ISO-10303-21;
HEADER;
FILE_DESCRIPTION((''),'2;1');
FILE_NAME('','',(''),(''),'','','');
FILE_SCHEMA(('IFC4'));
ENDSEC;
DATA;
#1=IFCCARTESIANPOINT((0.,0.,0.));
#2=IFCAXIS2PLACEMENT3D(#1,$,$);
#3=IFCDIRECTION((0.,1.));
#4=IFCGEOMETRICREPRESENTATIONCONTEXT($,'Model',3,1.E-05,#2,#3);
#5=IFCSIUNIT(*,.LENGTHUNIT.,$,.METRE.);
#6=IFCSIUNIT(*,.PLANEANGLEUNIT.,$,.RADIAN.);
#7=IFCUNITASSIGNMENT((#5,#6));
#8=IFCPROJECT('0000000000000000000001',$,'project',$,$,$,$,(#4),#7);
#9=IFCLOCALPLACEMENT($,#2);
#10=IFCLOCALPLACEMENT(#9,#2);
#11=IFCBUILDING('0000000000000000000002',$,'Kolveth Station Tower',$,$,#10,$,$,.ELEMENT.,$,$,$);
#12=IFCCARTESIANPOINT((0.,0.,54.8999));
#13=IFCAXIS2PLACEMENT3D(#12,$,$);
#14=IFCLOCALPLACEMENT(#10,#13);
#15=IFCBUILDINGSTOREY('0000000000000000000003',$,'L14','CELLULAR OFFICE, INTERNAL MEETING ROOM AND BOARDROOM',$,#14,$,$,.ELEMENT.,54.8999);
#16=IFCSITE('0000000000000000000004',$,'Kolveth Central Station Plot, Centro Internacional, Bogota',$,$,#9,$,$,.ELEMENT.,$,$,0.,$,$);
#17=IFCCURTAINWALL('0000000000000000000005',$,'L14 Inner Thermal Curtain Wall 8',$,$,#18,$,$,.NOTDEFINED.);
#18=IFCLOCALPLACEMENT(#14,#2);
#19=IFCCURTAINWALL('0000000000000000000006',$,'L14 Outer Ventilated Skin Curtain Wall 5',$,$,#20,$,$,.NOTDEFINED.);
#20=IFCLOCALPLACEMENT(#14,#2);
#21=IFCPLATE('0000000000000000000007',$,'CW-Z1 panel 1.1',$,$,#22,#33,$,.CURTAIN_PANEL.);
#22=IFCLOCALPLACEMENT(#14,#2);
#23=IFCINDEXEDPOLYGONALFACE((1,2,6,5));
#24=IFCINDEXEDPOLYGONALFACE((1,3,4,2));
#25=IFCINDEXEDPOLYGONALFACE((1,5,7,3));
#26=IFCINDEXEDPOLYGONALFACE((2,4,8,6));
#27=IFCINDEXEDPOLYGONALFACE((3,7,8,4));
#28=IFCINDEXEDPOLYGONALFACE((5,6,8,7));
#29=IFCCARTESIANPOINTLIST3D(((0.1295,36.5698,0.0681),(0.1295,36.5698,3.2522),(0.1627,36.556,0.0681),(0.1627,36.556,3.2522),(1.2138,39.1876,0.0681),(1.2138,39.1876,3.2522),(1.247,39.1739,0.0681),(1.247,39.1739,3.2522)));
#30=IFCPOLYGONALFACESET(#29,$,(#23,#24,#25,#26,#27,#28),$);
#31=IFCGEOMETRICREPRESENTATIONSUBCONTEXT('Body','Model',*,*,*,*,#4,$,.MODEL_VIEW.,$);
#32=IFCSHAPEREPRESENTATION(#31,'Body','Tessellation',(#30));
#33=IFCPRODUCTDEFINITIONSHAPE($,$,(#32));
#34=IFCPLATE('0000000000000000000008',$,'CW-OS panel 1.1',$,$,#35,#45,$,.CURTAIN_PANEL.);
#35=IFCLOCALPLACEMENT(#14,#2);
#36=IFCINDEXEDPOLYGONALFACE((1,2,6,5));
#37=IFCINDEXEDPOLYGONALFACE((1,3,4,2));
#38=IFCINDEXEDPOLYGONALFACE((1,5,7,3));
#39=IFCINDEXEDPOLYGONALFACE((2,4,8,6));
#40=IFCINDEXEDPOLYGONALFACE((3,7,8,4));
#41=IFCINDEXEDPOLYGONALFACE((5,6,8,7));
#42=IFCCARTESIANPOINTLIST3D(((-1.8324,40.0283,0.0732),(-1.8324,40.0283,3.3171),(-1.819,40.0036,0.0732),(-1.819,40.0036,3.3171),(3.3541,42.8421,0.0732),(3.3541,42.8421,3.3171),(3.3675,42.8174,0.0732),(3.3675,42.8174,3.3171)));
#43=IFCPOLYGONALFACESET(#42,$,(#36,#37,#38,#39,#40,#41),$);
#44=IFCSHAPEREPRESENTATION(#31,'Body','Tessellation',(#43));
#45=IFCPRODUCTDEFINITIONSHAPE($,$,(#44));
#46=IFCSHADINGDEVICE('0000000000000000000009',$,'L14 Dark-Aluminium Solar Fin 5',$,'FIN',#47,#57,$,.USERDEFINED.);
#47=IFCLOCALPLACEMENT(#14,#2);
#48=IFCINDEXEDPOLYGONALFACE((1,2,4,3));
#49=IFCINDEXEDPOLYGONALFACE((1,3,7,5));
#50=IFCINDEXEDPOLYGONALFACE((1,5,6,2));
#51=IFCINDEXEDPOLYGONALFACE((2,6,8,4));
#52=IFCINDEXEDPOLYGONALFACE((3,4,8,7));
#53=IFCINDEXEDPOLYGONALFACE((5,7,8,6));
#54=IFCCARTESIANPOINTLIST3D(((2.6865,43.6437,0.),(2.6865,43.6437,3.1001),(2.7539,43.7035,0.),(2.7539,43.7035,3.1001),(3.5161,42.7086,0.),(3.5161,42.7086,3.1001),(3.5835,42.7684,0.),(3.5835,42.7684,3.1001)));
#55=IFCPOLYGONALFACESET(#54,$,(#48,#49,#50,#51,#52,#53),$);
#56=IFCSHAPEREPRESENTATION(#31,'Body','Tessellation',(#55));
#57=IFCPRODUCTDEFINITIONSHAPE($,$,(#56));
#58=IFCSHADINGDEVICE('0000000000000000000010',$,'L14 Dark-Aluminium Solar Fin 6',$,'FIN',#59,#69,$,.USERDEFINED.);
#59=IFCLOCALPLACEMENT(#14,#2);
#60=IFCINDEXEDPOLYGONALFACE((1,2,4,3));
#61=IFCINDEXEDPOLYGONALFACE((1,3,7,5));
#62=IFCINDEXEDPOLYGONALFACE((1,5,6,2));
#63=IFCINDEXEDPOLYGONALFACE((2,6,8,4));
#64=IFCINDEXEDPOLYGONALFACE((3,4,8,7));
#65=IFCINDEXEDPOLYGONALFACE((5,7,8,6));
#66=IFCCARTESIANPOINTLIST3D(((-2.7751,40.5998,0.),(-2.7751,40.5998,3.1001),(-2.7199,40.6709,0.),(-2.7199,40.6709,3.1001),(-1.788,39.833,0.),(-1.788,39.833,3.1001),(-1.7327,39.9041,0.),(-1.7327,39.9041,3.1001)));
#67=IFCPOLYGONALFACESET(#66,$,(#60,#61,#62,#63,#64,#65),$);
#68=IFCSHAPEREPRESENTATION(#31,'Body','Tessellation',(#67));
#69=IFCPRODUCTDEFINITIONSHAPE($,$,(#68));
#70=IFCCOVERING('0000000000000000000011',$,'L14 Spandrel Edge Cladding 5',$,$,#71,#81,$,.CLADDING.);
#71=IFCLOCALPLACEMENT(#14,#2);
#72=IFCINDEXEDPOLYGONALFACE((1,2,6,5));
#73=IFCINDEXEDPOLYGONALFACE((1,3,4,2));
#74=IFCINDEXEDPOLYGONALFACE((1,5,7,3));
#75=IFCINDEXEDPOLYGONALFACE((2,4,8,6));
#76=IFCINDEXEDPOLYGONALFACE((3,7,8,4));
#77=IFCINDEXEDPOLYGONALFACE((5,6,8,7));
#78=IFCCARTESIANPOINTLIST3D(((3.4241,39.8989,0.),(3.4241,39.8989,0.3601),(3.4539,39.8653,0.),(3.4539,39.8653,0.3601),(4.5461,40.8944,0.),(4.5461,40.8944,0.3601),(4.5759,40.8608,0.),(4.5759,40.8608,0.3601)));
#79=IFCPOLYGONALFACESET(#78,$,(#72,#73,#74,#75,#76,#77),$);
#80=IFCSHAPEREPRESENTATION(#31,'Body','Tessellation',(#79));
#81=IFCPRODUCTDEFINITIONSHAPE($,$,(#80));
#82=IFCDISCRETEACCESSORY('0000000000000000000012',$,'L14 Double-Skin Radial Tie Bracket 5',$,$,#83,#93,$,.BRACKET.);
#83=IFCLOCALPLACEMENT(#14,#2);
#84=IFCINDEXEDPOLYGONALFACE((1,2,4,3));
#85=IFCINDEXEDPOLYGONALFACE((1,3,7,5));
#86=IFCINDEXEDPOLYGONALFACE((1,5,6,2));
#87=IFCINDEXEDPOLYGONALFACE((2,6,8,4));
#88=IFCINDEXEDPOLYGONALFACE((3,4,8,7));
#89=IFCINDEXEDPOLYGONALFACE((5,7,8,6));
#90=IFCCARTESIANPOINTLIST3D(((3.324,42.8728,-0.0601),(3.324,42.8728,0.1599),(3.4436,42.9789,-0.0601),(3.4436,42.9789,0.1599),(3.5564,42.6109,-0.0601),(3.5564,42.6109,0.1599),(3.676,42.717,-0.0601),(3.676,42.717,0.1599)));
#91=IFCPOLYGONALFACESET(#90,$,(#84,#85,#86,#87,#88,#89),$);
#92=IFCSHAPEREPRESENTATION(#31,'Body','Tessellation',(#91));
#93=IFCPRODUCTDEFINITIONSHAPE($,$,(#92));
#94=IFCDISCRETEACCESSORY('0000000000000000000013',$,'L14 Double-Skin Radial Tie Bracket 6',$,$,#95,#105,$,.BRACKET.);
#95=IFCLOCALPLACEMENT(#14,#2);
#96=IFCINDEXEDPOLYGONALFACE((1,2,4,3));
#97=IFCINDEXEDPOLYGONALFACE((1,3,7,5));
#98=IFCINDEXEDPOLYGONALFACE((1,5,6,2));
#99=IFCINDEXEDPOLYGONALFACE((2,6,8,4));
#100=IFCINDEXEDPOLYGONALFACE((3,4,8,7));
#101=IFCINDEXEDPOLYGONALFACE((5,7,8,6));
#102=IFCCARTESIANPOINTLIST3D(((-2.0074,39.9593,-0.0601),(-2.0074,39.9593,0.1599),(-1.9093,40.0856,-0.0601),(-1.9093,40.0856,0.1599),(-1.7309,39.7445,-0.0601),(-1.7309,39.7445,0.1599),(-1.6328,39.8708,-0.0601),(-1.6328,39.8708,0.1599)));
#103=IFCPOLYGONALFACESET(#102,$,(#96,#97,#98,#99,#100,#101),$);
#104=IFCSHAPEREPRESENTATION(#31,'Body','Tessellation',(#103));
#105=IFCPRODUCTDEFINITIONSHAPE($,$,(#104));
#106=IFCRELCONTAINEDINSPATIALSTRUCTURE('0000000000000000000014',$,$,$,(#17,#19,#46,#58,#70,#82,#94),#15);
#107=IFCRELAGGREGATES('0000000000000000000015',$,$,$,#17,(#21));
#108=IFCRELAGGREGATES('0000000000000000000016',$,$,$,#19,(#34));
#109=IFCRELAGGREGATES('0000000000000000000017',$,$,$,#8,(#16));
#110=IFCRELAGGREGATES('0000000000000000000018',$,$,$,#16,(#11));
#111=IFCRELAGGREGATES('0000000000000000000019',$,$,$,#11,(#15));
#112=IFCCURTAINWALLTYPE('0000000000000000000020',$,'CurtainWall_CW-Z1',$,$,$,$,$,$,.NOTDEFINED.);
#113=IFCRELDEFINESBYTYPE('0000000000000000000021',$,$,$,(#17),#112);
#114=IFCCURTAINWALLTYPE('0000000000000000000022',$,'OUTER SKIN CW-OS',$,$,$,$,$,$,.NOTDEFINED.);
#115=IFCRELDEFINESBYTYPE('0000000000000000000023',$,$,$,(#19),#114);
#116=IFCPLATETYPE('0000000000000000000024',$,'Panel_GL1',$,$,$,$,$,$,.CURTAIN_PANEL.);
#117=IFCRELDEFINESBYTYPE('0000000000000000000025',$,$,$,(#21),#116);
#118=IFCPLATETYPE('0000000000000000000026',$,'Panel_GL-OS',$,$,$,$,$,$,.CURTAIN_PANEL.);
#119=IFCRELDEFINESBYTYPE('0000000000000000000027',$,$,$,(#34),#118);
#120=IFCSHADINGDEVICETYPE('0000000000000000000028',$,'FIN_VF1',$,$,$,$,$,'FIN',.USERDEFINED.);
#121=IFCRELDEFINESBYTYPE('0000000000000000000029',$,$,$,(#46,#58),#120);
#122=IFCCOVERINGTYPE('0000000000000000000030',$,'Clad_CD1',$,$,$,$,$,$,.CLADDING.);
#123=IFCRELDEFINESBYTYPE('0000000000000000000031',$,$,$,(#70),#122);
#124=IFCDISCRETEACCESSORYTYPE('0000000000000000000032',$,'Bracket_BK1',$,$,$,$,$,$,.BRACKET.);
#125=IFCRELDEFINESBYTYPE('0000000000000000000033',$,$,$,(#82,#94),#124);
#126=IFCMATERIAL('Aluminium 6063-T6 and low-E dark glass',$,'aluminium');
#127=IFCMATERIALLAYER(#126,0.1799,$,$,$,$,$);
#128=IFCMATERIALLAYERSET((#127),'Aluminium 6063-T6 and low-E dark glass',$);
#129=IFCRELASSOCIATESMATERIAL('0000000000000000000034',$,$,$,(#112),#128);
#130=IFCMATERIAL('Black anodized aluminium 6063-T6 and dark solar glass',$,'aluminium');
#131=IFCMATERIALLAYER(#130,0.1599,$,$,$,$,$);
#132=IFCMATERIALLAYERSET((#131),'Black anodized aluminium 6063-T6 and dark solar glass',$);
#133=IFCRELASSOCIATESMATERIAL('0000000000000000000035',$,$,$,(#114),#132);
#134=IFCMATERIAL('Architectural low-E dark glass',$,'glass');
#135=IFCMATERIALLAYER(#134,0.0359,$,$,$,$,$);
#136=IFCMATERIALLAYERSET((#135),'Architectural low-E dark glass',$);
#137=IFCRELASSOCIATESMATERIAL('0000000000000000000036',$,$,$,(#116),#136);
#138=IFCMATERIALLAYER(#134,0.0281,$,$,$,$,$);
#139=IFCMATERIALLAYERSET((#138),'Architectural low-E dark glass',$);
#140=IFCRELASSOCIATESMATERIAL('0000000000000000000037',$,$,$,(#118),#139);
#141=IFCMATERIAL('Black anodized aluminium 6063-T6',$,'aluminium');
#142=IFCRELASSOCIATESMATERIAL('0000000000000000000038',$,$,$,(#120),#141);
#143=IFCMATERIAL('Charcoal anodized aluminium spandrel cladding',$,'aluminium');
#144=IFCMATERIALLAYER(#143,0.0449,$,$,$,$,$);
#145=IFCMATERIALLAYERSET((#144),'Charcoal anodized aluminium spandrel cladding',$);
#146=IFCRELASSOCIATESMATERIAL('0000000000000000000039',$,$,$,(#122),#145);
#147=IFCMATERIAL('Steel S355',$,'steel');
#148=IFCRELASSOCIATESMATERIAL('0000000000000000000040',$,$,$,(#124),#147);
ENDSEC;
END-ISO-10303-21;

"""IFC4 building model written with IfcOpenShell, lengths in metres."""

from ifc_helpers import new_model, si_unit, direction, frame, origin, origin_2d, place, context, subcontext, project, spatial, rectangle, extrude, source, transform, mapped, material, layer, layer_set, type_object, element, aggregate, save


model = new_model("IFC4")

# Units and contexts
model_context = context("Model", 3, precision=1e-05, world=origin(), true_north=direction((0.0, 1.0)))
body_context = subcontext(model_context, "Body", "Model", "MODEL_VIEW")
ifc_project = project(units=[si_unit("LENGTHUNIT", "METRE"), si_unit("PLANEANGLEUNIT", "RADIAN")], contexts=[model_context])

# Site, building, storey
site_placement = place(None, origin())
site = spatial("IfcSite", under=ifc_project, at=site_placement, Name="Kolveth Central Station Plot, Centro Internacional, Bogota", CompositionType="ELEMENT", RefElevation=0.0)
building_placement = place(site_placement, origin())
building = spatial("IfcBuilding", under=site, at=building_placement, Name="Kolveth Station Tower", CompositionType="ELEMENT")
storey_placement = place(building_placement, frame((0.0, 0.0, 54.8999)))
storey = spatial("IfcBuildingStorey", under=building, at=storey_placement, Name="L14", Description="CELLULAR OFFICE, INTERNAL MEETING ROOM AND BOARDROOM", CompositionType="ELEMENT", Elevation=54.8999)

# Shared definitions
ifc_material_1 = material(Name="Aluminium 6063-T6 and low-E dark glass", Category="aluminium")
ifc_layer_1 = layer(ifc_material_1, 0.1799)
ifc_layer_set_1 = layer_set([ifc_layer_1], Name="Aluminium 6063-T6 and low-E dark glass")
curtain_wall_type_1 = type_object("IfcCurtainWallType", Name="CurtainWall_CW-Z1", PredefinedType="NOTDEFINED", material=ifc_layer_set_1)
ifc_material_2 = material(Name="Black anodized aluminium 6063-T6", Category="aluminium")

# Curtain wall
curtain_wall_1_placement = place(storey_placement, origin())
curtain_wall_1 = element("IfcCurtainWall", 1, at=curtain_wall_1_placement, inside=storey, type_object=curtain_wall_type_1, Name="L14 Inner Thermal Curtain Wall 8", PredefinedType="NOTDEFINED")

# Shared definitions
ifc_material_3 = material(Name="Black anodized aluminium 6063-T6 and dark solar glass", Category="aluminium")
ifc_layer_2 = layer(ifc_material_3, 0.1599)
ifc_layer_set_2 = layer_set([ifc_layer_2], Name="Black anodized aluminium 6063-T6 and dark solar glass")
curtain_wall_type_2 = type_object("IfcCurtainWallType", Name="OUTER SKIN CW-OS", PredefinedType="NOTDEFINED", material=ifc_layer_set_2)

# Curtain wall
curtain_wall_2_placement = place(storey_placement, origin())
curtain_wall_2 = element("IfcCurtainWall", 2, at=curtain_wall_2_placement, inside=storey, type_object=curtain_wall_type_2, Name="L14 Outer Ventilated Skin Curtain Wall 5", PredefinedType="NOTDEFINED")

# Plates
ifc_material_4 = material(Name="Architectural low-E dark glass", Category="glass")
ifc_layer_3 = layer(ifc_material_4, 0.0359)
ifc_layer_set_3 = layer_set([ifc_layer_3], Name="Architectural low-E dark glass")
plate_type_1 = type_object("IfcPlateType", Name="Panel_GL1", PredefinedType="CURTAIN_PANEL", material=ifc_layer_set_3)
shared_shape_1 = source(origin(), body_context, "Body", "SweptSolid", [
    extrude(rectangle(XDim=2.8335, YDim=0.0359, at=origin_2d()), origin(), (0.0, 0.0, 1.0), 3.1841),
])
plate_1_placement = place(storey_placement, frame((0.6882, 37.8718, 0.0681), z_axis=(0.0, 0.0, 1.0), x_axis=(-0.382673, -0.923884, 0.0)))
plate_1 = element("IfcPlate", 3, at=plate_1_placement, type_object=plate_type_1, Name="CW-Z1 panel 1.1", PredefinedType="CURTAIN_PANEL", context=body_context, shape_type="MappedRepresentation", body=[
    mapped(shared_shape_1, transform((0.0, 0.0, 0.0), x_axis=(1.0, 0.0, 0.0), y_axis=(0.0, 1.0, 0.0), z_axis=(0.0, 0.0, 1.0), scale=1.0)),
])
aggregate(curtain_wall_1, [plate_1])
ifc_layer_4 = layer(ifc_material_4, 0.0281)
ifc_layer_set_4 = layer_set([ifc_layer_4], Name="Architectural low-E dark glass")
plate_type_2 = type_object("IfcPlateType", Name="Panel_GL-OS", PredefinedType="CURTAIN_PANEL", material=ifc_layer_set_4)
shared_shape_2 = source(origin(), body_context, "Body", "SweptSolid", [
    extrude(rectangle(XDim=5.9006, YDim=0.0281, at=origin_2d()), origin(), (0.0, 0.0, 1.0), 3.2439),
])
plate_2_placement = place(storey_placement, frame((0.7676, 41.4229, 0.0732), z_axis=(0.0, 0.0, 1.0), x_axis=(-0.878977, -0.476864, 0.0)))
plate_2 = element("IfcPlate", 4, at=plate_2_placement, type_object=plate_type_2, Name="CW-OS panel 1.1", PredefinedType="CURTAIN_PANEL", context=body_context, shape_type="MappedRepresentation", body=[
    mapped(shared_shape_2, transform((0.0, 0.0, 0.0), x_axis=(1.0, 0.0, 0.0), y_axis=(0.0, 1.0, 0.0), z_axis=(0.0, 0.0, 1.0), scale=1.0)),
])
aggregate(curtain_wall_2, [plate_2])

# Shading devices
shading_device_type = type_object("IfcShadingDeviceType", Name="FIN_VF1", ElementType="FIN", PredefinedType="USERDEFINED", material=ifc_material_2)
shared_shape_3 = source(origin(), body_context, "Body", "SweptSolid", [
    extrude(rectangle(XDim=1.25, YDim=0.0901, at=origin_2d()), origin(), (0.0, 0.0, 1.0), 3.1001),
])
for number, where, z_axis, x_axis, name in (
    (5, (3.135, 43.2061, 0.0), (0.0, 0.0, 1.0), (-0.663665, 0.74803, 0.0), "L14 Dark-Aluminium Solar Fin 5"),
    (6, (-2.2539, 40.252, 0.0), (0.0, 0.0, 1.0), (-0.789727, 0.613459, 0.0), "L14 Dark-Aluminium Solar Fin 6"),
):
    element("IfcShadingDevice", number, at=place(storey_placement, frame(where, z_axis=z_axis, x_axis=x_axis)), inside=storey, type_object=shading_device_type, Name=name, ObjectType="FIN", PredefinedType="USERDEFINED", context=body_context, shape_type="MappedRepresentation", body=[
        mapped(shared_shape_3, transform((0.0, 0.0, 0.0), x_axis=(1.0, 0.0, 0.0), y_axis=(0.0, 1.0, 0.0), z_axis=(0.0, 0.0, 1.0), scale=1.0)),
    ])

# Covering
ifc_material_5 = material(Name="Charcoal anodized aluminium spandrel cladding", Category="aluminium")
ifc_layer_5 = layer(ifc_material_5, 0.0449)
ifc_layer_set_5 = layer_set([ifc_layer_5], Name="Charcoal anodized aluminium spandrel cladding")
covering_type = type_object("IfcCoveringType", Name="Clad_CD1", PredefinedType="CLADDING", material=ifc_layer_set_5)
shared_shape_4 = source(origin(), body_context, "Body", "SweptSolid", [
    extrude(rectangle(XDim=1.5, YDim=0.0449, at=origin_2d()), origin(), (0.0, 0.0, 1.0), 0.3601),
])
covering_placement = place(storey_placement, frame((4.0, 40.3799, 0.0), z_axis=(0.0, 0.0, 1.0), x_axis=(-0.74803, -0.663665, 0.0)))
element("IfcCovering", 7, at=covering_placement, inside=storey, type_object=covering_type, Name="L14 Spandrel Edge Cladding 5", PredefinedType="CLADDING", context=body_context, shape_type="MappedRepresentation", body=[
    mapped(shared_shape_4, transform((0.0, 0.0, 0.0), x_axis=(1.0, 0.0, 0.0), y_axis=(0.0, 1.0, 0.0), z_axis=(0.0, 0.0, 1.0), scale=1.0)),
])

# Discrete accessories
ifc_material_6 = material(Name="Steel S355", Category="steel")
discrete_accessory_type = type_object("IfcDiscreteAccessoryType", Name="Bracket_BK1", PredefinedType="BRACKET", material=ifc_material_6)
shared_shape_5 = source(origin(), body_context, "Body", "SweptSolid", [
    extrude(rectangle(XDim=0.3501, YDim=0.1599, at=origin_2d()), origin(), (0.0, 0.0, 1.0), 0.22),
])
for number, where, z_axis, x_axis, name in (
    (8, (3.5, 42.7949, -0.0601), (0.0, 0.0, 1.0), (-0.663665, 0.74803, 0.0), "L14 Double-Skin Radial Tie Bracket 5"),
    (9, (-1.8201, 39.915, -0.0601), (0.0, 0.0, 1.0), (-0.789727, 0.613459, 0.0), "L14 Double-Skin Radial Tie Bracket 6"),
):
    element("IfcDiscreteAccessory", number, at=place(storey_placement, frame(where, z_axis=z_axis, x_axis=x_axis)), inside=storey, type_object=discrete_accessory_type, Name=name, PredefinedType="BRACKET", context=body_context, shape_type="MappedRepresentation", body=[
        mapped(shared_shape_5, transform((0.0, 0.0, 0.0), x_axis=(1.0, 0.0, 0.0), y_axis=(0.0, 1.0, 0.0), z_axis=(0.0, 0.0, 1.0), scale=1.0)),
    ])

save(model, "model.ifc")
